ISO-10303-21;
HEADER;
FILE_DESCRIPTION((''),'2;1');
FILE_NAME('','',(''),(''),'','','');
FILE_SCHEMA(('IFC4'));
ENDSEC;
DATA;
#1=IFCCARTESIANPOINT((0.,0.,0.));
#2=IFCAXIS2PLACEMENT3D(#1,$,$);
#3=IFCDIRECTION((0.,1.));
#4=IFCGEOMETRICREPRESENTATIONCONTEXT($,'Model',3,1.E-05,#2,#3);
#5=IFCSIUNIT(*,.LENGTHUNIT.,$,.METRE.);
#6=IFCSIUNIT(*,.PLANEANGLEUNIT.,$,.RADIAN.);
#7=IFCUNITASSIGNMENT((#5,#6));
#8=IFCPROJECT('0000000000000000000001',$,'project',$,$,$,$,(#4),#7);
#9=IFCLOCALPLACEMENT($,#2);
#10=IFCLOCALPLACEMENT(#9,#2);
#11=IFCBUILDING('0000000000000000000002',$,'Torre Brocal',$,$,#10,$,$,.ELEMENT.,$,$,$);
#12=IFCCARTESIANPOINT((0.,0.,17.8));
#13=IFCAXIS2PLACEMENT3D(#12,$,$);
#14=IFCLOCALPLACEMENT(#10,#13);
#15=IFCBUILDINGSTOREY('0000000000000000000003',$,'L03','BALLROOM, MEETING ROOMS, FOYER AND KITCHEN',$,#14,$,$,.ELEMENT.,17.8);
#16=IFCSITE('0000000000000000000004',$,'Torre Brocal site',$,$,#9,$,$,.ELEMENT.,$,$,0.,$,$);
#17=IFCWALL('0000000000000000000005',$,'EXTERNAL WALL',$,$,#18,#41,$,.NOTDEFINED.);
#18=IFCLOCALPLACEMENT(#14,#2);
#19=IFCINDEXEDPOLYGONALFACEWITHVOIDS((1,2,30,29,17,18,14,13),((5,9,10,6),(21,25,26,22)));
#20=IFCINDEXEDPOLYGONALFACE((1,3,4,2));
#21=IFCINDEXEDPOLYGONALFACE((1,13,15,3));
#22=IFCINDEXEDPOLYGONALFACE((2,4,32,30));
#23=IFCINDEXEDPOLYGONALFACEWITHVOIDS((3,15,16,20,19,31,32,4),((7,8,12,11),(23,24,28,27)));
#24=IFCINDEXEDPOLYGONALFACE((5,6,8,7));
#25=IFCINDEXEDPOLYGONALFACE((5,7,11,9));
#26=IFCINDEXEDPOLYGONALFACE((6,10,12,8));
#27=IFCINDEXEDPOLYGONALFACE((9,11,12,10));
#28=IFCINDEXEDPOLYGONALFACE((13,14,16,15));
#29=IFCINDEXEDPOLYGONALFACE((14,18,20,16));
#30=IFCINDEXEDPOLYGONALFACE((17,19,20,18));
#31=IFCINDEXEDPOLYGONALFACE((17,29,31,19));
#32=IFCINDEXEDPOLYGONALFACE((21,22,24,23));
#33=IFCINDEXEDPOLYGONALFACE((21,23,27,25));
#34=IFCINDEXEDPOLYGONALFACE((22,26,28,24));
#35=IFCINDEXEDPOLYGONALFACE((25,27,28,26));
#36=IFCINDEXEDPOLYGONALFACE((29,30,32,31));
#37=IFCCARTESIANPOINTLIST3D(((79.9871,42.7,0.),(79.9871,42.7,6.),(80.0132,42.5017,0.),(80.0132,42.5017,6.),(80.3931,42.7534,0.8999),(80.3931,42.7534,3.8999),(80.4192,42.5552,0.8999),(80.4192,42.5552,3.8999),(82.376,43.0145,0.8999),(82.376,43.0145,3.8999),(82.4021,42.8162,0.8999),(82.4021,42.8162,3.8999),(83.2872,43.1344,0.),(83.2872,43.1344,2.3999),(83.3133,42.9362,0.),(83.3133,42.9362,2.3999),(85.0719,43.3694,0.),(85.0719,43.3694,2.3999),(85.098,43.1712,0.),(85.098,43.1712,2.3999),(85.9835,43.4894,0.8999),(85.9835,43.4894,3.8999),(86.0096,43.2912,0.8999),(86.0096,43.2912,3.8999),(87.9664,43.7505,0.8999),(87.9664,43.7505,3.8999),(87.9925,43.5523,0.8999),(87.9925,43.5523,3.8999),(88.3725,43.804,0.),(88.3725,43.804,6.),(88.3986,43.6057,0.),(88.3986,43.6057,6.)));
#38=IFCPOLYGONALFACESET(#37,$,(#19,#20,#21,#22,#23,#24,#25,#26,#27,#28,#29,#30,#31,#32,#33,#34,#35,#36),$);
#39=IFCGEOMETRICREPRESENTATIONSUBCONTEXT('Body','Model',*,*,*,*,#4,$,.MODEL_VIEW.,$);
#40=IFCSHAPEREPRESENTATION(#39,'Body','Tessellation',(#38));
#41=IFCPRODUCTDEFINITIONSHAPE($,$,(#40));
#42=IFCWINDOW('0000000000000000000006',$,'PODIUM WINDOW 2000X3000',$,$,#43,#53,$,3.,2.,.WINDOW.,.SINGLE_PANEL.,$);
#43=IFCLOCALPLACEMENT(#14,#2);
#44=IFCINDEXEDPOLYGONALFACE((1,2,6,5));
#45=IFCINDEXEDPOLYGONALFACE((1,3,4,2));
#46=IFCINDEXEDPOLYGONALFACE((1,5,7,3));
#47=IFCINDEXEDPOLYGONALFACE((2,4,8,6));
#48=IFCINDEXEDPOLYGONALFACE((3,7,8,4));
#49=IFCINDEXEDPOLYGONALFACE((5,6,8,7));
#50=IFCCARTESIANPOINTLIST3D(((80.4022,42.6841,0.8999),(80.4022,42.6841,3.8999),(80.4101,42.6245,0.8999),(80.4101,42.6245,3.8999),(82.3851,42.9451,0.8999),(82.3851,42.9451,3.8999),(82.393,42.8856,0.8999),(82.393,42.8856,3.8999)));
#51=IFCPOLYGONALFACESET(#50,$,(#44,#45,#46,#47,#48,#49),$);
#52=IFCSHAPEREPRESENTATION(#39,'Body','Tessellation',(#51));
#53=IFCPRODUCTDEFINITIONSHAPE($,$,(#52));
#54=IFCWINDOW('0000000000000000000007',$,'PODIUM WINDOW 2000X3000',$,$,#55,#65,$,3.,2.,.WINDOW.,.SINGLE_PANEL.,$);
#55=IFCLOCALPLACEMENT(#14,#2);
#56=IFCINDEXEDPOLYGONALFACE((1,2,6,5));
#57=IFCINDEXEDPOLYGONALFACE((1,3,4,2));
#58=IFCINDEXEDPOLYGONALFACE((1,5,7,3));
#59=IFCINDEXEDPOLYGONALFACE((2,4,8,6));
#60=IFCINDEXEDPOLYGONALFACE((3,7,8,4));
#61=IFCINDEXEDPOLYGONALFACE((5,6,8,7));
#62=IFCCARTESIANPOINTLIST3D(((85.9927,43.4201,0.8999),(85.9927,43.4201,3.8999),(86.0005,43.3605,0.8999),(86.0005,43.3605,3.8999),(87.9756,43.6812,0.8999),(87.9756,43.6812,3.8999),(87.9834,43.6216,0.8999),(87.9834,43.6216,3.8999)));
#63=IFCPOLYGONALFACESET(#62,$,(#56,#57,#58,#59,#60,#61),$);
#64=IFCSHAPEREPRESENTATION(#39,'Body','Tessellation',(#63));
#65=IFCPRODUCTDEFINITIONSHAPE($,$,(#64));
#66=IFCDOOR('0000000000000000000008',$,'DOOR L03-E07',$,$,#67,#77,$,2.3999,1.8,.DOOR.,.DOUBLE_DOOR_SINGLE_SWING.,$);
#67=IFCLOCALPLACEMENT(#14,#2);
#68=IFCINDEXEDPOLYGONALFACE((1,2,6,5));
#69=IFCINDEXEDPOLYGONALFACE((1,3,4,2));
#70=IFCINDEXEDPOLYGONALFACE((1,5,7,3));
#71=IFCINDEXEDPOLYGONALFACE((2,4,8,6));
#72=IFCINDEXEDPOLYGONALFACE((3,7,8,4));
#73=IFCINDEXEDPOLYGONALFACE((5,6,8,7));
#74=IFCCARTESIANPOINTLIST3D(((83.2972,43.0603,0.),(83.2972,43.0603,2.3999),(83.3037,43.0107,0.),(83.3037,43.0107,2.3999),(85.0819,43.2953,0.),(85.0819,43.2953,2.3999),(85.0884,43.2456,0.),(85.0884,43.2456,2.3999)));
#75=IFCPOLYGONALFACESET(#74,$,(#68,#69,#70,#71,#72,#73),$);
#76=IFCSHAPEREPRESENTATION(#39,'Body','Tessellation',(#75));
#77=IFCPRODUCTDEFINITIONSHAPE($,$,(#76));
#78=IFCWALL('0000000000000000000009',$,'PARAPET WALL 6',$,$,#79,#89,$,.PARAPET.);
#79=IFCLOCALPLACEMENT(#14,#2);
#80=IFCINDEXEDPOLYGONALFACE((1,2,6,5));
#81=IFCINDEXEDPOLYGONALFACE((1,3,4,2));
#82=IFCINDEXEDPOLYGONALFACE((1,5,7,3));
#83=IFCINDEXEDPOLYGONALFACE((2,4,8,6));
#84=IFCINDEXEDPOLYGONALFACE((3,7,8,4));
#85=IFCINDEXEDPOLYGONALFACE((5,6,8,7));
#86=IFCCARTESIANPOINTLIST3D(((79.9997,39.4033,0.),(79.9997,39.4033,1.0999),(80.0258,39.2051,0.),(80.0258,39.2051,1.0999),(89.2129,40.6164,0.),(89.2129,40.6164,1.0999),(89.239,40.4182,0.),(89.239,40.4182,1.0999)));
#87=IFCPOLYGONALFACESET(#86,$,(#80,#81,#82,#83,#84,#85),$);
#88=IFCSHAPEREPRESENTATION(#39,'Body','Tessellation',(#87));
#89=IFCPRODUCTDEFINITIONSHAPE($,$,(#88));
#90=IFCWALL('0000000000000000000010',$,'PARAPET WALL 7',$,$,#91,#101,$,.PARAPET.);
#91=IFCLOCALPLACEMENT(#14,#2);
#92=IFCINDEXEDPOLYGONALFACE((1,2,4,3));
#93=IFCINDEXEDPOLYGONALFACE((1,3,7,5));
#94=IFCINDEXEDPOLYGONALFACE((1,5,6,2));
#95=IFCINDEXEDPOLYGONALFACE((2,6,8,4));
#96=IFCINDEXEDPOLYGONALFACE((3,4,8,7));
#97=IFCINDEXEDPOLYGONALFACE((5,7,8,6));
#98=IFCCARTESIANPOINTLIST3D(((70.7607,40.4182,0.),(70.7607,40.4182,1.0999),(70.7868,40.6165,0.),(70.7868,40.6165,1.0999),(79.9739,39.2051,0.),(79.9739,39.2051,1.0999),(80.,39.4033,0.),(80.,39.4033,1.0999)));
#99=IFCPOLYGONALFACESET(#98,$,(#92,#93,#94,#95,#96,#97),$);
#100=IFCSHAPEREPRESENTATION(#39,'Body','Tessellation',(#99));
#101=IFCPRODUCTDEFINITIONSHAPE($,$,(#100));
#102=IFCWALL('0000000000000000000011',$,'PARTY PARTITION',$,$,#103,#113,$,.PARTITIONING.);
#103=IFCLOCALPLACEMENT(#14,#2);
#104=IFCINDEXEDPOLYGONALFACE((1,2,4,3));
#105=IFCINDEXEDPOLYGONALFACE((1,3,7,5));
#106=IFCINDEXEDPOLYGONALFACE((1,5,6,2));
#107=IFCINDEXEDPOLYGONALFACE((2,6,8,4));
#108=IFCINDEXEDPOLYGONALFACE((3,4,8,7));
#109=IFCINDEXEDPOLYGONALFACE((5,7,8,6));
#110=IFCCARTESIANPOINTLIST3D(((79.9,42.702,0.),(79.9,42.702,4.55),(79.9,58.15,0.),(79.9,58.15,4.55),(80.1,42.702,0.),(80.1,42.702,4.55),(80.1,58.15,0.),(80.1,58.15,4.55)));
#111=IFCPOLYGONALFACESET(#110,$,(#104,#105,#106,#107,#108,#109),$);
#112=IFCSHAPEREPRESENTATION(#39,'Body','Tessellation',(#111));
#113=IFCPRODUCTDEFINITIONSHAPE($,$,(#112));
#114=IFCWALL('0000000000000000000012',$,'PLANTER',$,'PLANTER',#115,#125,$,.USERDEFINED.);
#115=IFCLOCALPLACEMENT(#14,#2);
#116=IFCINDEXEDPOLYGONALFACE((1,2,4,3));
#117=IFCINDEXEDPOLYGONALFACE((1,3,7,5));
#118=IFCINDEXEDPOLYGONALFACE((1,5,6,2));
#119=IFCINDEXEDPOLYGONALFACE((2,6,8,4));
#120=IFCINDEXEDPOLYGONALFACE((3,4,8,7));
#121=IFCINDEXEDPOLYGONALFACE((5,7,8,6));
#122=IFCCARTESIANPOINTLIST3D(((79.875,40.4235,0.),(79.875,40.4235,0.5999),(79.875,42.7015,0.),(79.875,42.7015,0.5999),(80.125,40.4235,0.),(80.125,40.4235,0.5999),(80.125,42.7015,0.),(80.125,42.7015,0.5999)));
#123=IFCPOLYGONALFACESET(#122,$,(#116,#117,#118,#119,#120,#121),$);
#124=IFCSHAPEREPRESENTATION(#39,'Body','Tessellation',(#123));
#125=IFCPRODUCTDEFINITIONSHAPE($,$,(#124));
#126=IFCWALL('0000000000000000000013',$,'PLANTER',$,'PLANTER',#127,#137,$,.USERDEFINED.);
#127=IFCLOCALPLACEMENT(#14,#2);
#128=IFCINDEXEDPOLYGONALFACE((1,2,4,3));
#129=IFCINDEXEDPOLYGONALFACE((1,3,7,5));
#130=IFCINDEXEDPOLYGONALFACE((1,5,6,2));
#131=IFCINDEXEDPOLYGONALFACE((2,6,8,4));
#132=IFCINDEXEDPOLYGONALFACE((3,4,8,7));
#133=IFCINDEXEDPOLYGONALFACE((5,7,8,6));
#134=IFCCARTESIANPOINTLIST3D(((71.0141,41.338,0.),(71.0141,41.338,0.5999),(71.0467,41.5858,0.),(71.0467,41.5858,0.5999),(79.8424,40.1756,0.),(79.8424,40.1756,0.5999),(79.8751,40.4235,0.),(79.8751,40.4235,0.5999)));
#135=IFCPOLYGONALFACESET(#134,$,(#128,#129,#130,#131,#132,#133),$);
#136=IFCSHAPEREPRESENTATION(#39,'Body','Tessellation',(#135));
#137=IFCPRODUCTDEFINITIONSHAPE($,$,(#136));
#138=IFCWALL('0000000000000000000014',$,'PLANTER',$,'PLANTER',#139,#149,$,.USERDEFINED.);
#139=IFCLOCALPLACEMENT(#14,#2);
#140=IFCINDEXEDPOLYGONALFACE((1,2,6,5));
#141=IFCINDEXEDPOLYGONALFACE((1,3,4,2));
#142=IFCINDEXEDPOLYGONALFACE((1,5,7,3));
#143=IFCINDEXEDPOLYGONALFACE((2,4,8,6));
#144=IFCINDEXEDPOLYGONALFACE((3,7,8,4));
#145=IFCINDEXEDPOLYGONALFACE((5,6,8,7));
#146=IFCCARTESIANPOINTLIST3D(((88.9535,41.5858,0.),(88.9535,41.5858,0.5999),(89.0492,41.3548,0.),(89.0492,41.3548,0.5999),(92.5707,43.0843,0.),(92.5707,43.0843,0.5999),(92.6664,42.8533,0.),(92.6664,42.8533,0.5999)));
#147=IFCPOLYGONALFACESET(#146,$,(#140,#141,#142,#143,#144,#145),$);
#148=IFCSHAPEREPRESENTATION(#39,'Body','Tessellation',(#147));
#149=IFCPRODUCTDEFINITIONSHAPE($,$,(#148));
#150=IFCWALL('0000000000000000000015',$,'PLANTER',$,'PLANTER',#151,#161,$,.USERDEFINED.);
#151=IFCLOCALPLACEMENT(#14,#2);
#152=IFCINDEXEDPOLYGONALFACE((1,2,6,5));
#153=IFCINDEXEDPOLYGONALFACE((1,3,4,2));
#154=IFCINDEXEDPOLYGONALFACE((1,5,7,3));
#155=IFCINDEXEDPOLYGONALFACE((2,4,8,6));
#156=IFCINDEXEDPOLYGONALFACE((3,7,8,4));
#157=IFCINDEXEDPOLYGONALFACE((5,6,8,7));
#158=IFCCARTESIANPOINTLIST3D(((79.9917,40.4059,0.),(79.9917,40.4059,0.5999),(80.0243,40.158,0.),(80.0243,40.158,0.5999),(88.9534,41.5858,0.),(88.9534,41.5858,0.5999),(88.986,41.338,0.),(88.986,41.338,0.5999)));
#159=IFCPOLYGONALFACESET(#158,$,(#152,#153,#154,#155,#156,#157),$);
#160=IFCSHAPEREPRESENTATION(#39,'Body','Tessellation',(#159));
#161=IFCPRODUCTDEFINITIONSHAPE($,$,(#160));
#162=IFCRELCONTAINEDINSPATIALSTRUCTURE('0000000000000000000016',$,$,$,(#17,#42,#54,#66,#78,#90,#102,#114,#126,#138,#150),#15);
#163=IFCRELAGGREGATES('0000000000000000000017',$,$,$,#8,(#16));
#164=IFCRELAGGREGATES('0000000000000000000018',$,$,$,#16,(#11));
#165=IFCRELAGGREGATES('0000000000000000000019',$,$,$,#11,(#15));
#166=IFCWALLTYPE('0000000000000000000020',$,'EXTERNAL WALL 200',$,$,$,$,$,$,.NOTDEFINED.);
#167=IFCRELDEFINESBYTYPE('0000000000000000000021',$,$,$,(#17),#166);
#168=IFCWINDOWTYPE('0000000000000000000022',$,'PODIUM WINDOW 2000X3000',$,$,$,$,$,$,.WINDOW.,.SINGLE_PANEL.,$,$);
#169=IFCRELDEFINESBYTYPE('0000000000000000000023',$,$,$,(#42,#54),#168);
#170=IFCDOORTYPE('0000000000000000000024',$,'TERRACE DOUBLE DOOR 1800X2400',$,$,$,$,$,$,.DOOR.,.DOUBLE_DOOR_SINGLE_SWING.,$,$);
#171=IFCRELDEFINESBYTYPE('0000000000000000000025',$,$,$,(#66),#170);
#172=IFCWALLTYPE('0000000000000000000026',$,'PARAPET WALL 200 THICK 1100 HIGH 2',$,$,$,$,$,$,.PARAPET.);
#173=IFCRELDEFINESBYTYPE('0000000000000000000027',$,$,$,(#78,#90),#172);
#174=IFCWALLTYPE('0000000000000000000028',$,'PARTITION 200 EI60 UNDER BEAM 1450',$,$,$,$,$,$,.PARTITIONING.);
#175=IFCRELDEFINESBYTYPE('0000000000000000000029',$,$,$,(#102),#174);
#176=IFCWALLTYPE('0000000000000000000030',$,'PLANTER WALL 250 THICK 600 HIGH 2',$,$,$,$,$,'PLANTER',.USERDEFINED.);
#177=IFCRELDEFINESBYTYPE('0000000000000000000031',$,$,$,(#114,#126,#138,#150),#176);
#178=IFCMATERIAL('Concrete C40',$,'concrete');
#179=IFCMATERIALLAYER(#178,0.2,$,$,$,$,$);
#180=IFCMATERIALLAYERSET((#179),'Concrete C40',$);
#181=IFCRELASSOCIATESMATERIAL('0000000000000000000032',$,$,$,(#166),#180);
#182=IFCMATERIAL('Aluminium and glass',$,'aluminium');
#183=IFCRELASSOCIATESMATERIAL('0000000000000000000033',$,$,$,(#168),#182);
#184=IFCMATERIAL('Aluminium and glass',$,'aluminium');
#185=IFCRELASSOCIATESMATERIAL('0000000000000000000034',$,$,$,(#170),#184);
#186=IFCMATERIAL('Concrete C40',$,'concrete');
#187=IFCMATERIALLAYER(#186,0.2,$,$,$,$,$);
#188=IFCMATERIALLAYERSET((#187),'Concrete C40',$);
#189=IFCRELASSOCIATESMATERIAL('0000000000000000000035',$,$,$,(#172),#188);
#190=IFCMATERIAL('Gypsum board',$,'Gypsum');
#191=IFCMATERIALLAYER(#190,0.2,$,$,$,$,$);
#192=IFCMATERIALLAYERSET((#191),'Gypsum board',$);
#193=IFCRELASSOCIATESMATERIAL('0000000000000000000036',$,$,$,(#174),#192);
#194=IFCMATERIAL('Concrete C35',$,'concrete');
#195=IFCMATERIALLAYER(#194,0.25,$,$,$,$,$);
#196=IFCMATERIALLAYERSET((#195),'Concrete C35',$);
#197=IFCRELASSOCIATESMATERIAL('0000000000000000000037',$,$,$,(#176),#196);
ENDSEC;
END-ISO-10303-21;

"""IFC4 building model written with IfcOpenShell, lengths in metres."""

from ifc_helpers import new_model, si_unit, direction, frame, frame_2d, origin, place, context, subcontext, project, spatial, rectangle, extrude, material, layer, layer_set, type_object, element, fill, save


model = new_model("IFC4")

# Units and contexts
model_context = context("Model", 3, precision=1e-05, world=origin(), true_north=direction((0.0, 1.0)))
body_context = subcontext(model_context, "Body", "Model", "MODEL_VIEW")
ifc_project = project(units=[si_unit("LENGTHUNIT", "METRE"), si_unit("PLANEANGLEUNIT", "RADIAN")], contexts=[model_context])

# Site, building, storey
site_placement = place(None, origin())
site = spatial("IfcSite", under=ifc_project, at=site_placement, Name="Torre Brocal site", CompositionType="ELEMENT", RefElevation=0.0)
building_placement = place(site_placement, origin())
building = spatial("IfcBuilding", under=site, at=building_placement, Name="Torre Brocal", CompositionType="ELEMENT")
storey_placement = place(building_placement, frame((0.0, 0.0, 17.8)))
storey = spatial("IfcBuildingStorey", under=building, at=storey_placement, Name="L03", Description="BALLROOM, MEETING ROOMS, FOYER AND KITCHEN", CompositionType="ELEMENT", Elevation=17.8)

# Wall, openings, windows, door
ifc_material_1 = material(Name="Concrete C40", Category="concrete")
ifc_layer_1 = layer(ifc_material_1, 0.2)
ifc_layer_set_1 = layer_set([ifc_layer_1], Name="Concrete C40")
wall_type_1 = type_object("IfcWallType", Name="EXTERNAL WALL 200", PredefinedType="NOTDEFINED", material=ifc_layer_set_1)
wall_1_placement = place(storey_placement, frame((80.0, 42.6008, 0.0), z_axis=(0.0, 0.0, 1.0), x_axis=(0.991444, 0.13053, 0.0)))
wall_1 = element("IfcWall", 1, at=wall_1_placement, inside=storey, type_object=wall_type_1, Name="EXTERNAL WALL", PredefinedType="NOTDEFINED", context=body_context, shape_type="SweptSolid", body=[
    extrude(rectangle(XDim=8.4578, YDim=0.2, at=frame_2d((4.229, 0.0))), origin(), (0.0, 0.0, 1.0), 6.0),
])
opening_1_placement = place(wall_1_placement, frame((0.4097, 0.0, 0.8999)))
opening_1 = element("IfcOpeningElement", 2, at=opening_1_placement, cuts=wall_1, PredefinedType="OPENING", context=body_context, shape_type="SweptSolid", body=[
    extrude(rectangle(XDim=2.0, YDim=3.0, at=frame_2d((1.0, 1.5))), frame((0.0, 0.1099, 0.0), z_axis=(0.0, -1.0, 0.0), x_axis=(1.0, 0.0, 0.0)), (0.0, 0.0, 1.0), 0.22),
])
opening_2_placement = place(wall_1_placement, frame((3.3289, 0.0, 0.0)))
opening_2 = element("IfcOpeningElement", 3, at=opening_2_placement, cuts=wall_1, PredefinedType="OPENING", context=body_context, shape_type="SweptSolid", body=[
    extrude(rectangle(XDim=1.8, YDim=2.3999, at=frame_2d((0.8999, 1.2))), frame((0.0, 0.1099, 0.0), z_axis=(0.0, -1.0, 0.0), x_axis=(1.0, 0.0, 0.0)), (0.0, 0.0, 1.0), 0.22),
])
opening_3_placement = place(wall_1_placement, frame((6.0483, 0.0, 0.8999)))
opening_3 = element("IfcOpeningElement", 4, at=opening_3_placement, cuts=wall_1, PredefinedType="OPENING", context=body_context, shape_type="SweptSolid", body=[
    extrude(rectangle(XDim=2.0, YDim=3.0, at=frame_2d((1.0, 1.5))), frame((0.0, 0.1099, 0.0), z_axis=(0.0, -1.0, 0.0), x_axis=(1.0, 0.0, 0.0)), (0.0, 0.0, 1.0), 0.22),
])
ifc_material_2 = material(Name="Aluminium and glass", Category="aluminium")
window_type = type_object("IfcWindowType", Name="PODIUM WINDOW 2000X3000", PartitioningType="SINGLE_PANEL", PredefinedType="WINDOW", material=ifc_material_2)
window_1_placement = place(opening_1_placement, origin())
window_1 = element("IfcWindow", 5, at=window_1_placement, inside=storey, type_object=window_type, Name="PODIUM WINDOW 2000X3000", OverallHeight=3.0, OverallWidth=2.0, PartitioningType="SINGLE_PANEL", PredefinedType="WINDOW", context=body_context, shape_type="SweptSolid", body=[
    extrude(rectangle(XDim=2.0, YDim=3.0, at=frame_2d((1.0, 1.5))), frame((0.0, 0.03, 0.0), z_axis=(0.0, -1.0, 0.0), x_axis=(1.0, 0.0, 0.0)), (0.0, 0.0, 1.0), 0.0601),
])
fill(opening_1, window_1)
window_2_placement = place(opening_3_placement, origin())
window_2 = element("IfcWindow", 6, at=window_2_placement, inside=storey, type_object=window_type, Name="PODIUM WINDOW 2000X3000", OverallHeight=3.0, OverallWidth=2.0, PartitioningType="SINGLE_PANEL", PredefinedType="WINDOW", context=body_context, shape_type="SweptSolid", body=[
    extrude(rectangle(XDim=2.0, YDim=3.0, at=frame_2d((1.0, 1.5))), frame((0.0, 0.03, 0.0), z_axis=(0.0, -1.0, 0.0), x_axis=(1.0, 0.0, 0.0)), (0.0, 0.0, 1.0), 0.0601),
])
fill(opening_3, window_2)
ifc_material_3 = material(Name="Aluminium and glass", Category="aluminium")
door_type = type_object("IfcDoorType", Name="TERRACE DOUBLE DOOR 1800X2400", OperationType="DOUBLE_DOOR_SINGLE_SWING", PredefinedType="DOOR", material=ifc_material_3)
door_placement = place(opening_2_placement, frame((1.8, 0.0, 0.0), z_axis=(0.0, 0.0, 1.0), x_axis=(-1.0, 0.0, 0.0)))
door = element("IfcDoor", 7, at=door_placement, inside=storey, type_object=door_type, Name="DOOR L03-E07", OperationType="DOUBLE_DOOR_SINGLE_SWING", OverallHeight=2.3999, OverallWidth=1.8, PredefinedType="DOOR", context=body_context, shape_type="SweptSolid", body=[
    extrude(rectangle(XDim=1.8, YDim=2.3999, at=frame_2d((0.8999, 1.2))), frame((0.0, 0.0249, 0.0), z_axis=(0.0, -1.0, 0.0), x_axis=(1.0, 0.0, 0.0)), (0.0, 0.0, 1.0), 0.05),
])
fill(opening_2, door)

# Walls
ifc_material_4 = material(Name="Concrete C40", Category="concrete")
ifc_layer_2 = layer(ifc_material_4, 0.2)
ifc_layer_set_2 = layer_set([ifc_layer_2], Name="Concrete C40")
wall_type_2 = type_object("IfcWallType", Name="PARAPET WALL 200 THICK 1100 HIGH 2", PredefinedType="PARAPET", material=ifc_layer_set_2)
for number, where, z_axis, x_axis, name in (
    (8, (89.2261, 40.5173, 0.0), (0.0, 0.0, 1.0), (-0.991442, -0.130548, 0.0), "PARAPET WALL 6"),
    (9, (79.9871, 39.3042, 0.0), (0.0, 0.0, 1.0), (-0.991442, 0.130548, 0.0), "PARAPET WALL 7"),
):
    element("IfcWall", number, at=place(storey_placement, frame(where, z_axis=z_axis, x_axis=x_axis)), inside=storey, type_object=wall_type_2, Name=name, PredefinedType="PARAPET", context=body_context, shape_type="SweptSolid", body=[
        extrude(rectangle(XDim=9.2927, YDim=0.2, at=frame_2d((4.6465, 0.0))), origin(), (0.0, 0.0, 1.0), 1.0999),
    ])
ifc_material_5 = material(Name="Gypsum board", Category="Gypsum")
ifc_layer_3 = layer(ifc_material_5, 0.2)
ifc_layer_set_3 = layer_set([ifc_layer_3], Name="Gypsum board")
wall_type_3 = type_object("IfcWallType", Name="PARTITION 200 EI60 UNDER BEAM 1450", PredefinedType="PARTITIONING", material=ifc_layer_set_3)
wall_2_placement = place(storey_placement, frame((80.0, 42.7019, 0.0), z_axis=(0.0, 0.0, 1.0), x_axis=(0.0, 1.0, 0.0)))
element("IfcWall", 10, at=wall_2_placement, inside=storey, type_object=wall_type_3, Name="PARTY PARTITION", PredefinedType="PARTITIONING", context=body_context, shape_type="SweptSolid", body=[
    extrude(rectangle(XDim=15.448, YDim=0.2, at=frame_2d((7.7241, 0.0))), origin(), (0.0, 0.0, 1.0), 4.55),
])
ifc_material_6 = material(Name="Concrete C35", Category="concrete")
ifc_layer_4 = layer(ifc_material_6, 0.25)
ifc_layer_set_4 = layer_set([ifc_layer_4], Name="Concrete C35")
wall_type_4 = type_object("IfcWallType", Name="PLANTER WALL 250 THICK 600 HIGH 2", ElementType="PLANTER", PredefinedType="USERDEFINED", material=ifc_layer_set_4)
wall_3_placement = place(storey_placement, frame((80.0, 42.7017, 0.0), z_axis=(0.0, 0.0, 1.0), x_axis=(0.0, -1.0, 0.0)))
element("IfcWall", 11, at=wall_3_placement, inside=storey, type_object=wall_type_4, Name="PLANTER", ObjectType="PLANTER", PredefinedType="USERDEFINED", context=body_context, shape_type="SweptSolid", body=[
    extrude(rectangle(XDim=2.2781, YDim=0.25, at=frame_2d((1.1392, 0.0))), origin(), (0.0, 0.0, 1.0), 0.5999),
])
wall_4_placement = place(storey_placement, frame((79.8586, 40.2996, 0.0), z_axis=(0.0, 0.0, 1.0), x_axis=(-0.991444, 0.130535, 0.0)))
element("IfcWall", 12, at=wall_4_placement, inside=storey, type_object=wall_type_4, Name="PLANTER", ObjectType="PLANTER", PredefinedType="USERDEFINED", context=body_context, shape_type="SweptSolid", body=[
    extrude(rectangle(XDim=8.9045, YDim=0.25, at=frame_2d((4.4521, 0.0))), origin(), (0.0, 0.0, 1.0), 0.5999),
])
wall_5_placement = place(storey_placement, frame((92.6184, 42.9688, 0.0), z_axis=(0.0, 0.0, 1.0), x_axis=(-0.923857, -0.382737, 0.0)))
element("IfcWall", 13, at=wall_5_placement, inside=storey, type_object=wall_type_4, Name="PLANTER", ObjectType="PLANTER", PredefinedType="USERDEFINED", context=body_context, shape_type="SweptSolid", body=[
    extrude(rectangle(XDim=3.9153, YDim=0.25, at=frame_2d((1.9575, 0.0))), origin(), (0.0, 0.0, 1.0), 0.5999),
])
wall_6_placement = place(storey_placement, frame((88.9697, 41.4619, 0.0), z_axis=(0.0, 0.0, 1.0), x_axis=(-0.991443, -0.130538, 0.0)))
element("IfcWall", 14, at=wall_6_placement, inside=storey, type_object=wall_type_4, Name="PLANTER", ObjectType="PLANTER", PredefinedType="USERDEFINED", context=body_context, shape_type="SweptSolid", body=[
    extrude(rectangle(XDim=9.0391, YDim=0.25, at=frame_2d((4.5195, 0.0))), origin(), (0.0, 0.0, 1.0), 0.5999),
])

save(model, "model.ifc")
